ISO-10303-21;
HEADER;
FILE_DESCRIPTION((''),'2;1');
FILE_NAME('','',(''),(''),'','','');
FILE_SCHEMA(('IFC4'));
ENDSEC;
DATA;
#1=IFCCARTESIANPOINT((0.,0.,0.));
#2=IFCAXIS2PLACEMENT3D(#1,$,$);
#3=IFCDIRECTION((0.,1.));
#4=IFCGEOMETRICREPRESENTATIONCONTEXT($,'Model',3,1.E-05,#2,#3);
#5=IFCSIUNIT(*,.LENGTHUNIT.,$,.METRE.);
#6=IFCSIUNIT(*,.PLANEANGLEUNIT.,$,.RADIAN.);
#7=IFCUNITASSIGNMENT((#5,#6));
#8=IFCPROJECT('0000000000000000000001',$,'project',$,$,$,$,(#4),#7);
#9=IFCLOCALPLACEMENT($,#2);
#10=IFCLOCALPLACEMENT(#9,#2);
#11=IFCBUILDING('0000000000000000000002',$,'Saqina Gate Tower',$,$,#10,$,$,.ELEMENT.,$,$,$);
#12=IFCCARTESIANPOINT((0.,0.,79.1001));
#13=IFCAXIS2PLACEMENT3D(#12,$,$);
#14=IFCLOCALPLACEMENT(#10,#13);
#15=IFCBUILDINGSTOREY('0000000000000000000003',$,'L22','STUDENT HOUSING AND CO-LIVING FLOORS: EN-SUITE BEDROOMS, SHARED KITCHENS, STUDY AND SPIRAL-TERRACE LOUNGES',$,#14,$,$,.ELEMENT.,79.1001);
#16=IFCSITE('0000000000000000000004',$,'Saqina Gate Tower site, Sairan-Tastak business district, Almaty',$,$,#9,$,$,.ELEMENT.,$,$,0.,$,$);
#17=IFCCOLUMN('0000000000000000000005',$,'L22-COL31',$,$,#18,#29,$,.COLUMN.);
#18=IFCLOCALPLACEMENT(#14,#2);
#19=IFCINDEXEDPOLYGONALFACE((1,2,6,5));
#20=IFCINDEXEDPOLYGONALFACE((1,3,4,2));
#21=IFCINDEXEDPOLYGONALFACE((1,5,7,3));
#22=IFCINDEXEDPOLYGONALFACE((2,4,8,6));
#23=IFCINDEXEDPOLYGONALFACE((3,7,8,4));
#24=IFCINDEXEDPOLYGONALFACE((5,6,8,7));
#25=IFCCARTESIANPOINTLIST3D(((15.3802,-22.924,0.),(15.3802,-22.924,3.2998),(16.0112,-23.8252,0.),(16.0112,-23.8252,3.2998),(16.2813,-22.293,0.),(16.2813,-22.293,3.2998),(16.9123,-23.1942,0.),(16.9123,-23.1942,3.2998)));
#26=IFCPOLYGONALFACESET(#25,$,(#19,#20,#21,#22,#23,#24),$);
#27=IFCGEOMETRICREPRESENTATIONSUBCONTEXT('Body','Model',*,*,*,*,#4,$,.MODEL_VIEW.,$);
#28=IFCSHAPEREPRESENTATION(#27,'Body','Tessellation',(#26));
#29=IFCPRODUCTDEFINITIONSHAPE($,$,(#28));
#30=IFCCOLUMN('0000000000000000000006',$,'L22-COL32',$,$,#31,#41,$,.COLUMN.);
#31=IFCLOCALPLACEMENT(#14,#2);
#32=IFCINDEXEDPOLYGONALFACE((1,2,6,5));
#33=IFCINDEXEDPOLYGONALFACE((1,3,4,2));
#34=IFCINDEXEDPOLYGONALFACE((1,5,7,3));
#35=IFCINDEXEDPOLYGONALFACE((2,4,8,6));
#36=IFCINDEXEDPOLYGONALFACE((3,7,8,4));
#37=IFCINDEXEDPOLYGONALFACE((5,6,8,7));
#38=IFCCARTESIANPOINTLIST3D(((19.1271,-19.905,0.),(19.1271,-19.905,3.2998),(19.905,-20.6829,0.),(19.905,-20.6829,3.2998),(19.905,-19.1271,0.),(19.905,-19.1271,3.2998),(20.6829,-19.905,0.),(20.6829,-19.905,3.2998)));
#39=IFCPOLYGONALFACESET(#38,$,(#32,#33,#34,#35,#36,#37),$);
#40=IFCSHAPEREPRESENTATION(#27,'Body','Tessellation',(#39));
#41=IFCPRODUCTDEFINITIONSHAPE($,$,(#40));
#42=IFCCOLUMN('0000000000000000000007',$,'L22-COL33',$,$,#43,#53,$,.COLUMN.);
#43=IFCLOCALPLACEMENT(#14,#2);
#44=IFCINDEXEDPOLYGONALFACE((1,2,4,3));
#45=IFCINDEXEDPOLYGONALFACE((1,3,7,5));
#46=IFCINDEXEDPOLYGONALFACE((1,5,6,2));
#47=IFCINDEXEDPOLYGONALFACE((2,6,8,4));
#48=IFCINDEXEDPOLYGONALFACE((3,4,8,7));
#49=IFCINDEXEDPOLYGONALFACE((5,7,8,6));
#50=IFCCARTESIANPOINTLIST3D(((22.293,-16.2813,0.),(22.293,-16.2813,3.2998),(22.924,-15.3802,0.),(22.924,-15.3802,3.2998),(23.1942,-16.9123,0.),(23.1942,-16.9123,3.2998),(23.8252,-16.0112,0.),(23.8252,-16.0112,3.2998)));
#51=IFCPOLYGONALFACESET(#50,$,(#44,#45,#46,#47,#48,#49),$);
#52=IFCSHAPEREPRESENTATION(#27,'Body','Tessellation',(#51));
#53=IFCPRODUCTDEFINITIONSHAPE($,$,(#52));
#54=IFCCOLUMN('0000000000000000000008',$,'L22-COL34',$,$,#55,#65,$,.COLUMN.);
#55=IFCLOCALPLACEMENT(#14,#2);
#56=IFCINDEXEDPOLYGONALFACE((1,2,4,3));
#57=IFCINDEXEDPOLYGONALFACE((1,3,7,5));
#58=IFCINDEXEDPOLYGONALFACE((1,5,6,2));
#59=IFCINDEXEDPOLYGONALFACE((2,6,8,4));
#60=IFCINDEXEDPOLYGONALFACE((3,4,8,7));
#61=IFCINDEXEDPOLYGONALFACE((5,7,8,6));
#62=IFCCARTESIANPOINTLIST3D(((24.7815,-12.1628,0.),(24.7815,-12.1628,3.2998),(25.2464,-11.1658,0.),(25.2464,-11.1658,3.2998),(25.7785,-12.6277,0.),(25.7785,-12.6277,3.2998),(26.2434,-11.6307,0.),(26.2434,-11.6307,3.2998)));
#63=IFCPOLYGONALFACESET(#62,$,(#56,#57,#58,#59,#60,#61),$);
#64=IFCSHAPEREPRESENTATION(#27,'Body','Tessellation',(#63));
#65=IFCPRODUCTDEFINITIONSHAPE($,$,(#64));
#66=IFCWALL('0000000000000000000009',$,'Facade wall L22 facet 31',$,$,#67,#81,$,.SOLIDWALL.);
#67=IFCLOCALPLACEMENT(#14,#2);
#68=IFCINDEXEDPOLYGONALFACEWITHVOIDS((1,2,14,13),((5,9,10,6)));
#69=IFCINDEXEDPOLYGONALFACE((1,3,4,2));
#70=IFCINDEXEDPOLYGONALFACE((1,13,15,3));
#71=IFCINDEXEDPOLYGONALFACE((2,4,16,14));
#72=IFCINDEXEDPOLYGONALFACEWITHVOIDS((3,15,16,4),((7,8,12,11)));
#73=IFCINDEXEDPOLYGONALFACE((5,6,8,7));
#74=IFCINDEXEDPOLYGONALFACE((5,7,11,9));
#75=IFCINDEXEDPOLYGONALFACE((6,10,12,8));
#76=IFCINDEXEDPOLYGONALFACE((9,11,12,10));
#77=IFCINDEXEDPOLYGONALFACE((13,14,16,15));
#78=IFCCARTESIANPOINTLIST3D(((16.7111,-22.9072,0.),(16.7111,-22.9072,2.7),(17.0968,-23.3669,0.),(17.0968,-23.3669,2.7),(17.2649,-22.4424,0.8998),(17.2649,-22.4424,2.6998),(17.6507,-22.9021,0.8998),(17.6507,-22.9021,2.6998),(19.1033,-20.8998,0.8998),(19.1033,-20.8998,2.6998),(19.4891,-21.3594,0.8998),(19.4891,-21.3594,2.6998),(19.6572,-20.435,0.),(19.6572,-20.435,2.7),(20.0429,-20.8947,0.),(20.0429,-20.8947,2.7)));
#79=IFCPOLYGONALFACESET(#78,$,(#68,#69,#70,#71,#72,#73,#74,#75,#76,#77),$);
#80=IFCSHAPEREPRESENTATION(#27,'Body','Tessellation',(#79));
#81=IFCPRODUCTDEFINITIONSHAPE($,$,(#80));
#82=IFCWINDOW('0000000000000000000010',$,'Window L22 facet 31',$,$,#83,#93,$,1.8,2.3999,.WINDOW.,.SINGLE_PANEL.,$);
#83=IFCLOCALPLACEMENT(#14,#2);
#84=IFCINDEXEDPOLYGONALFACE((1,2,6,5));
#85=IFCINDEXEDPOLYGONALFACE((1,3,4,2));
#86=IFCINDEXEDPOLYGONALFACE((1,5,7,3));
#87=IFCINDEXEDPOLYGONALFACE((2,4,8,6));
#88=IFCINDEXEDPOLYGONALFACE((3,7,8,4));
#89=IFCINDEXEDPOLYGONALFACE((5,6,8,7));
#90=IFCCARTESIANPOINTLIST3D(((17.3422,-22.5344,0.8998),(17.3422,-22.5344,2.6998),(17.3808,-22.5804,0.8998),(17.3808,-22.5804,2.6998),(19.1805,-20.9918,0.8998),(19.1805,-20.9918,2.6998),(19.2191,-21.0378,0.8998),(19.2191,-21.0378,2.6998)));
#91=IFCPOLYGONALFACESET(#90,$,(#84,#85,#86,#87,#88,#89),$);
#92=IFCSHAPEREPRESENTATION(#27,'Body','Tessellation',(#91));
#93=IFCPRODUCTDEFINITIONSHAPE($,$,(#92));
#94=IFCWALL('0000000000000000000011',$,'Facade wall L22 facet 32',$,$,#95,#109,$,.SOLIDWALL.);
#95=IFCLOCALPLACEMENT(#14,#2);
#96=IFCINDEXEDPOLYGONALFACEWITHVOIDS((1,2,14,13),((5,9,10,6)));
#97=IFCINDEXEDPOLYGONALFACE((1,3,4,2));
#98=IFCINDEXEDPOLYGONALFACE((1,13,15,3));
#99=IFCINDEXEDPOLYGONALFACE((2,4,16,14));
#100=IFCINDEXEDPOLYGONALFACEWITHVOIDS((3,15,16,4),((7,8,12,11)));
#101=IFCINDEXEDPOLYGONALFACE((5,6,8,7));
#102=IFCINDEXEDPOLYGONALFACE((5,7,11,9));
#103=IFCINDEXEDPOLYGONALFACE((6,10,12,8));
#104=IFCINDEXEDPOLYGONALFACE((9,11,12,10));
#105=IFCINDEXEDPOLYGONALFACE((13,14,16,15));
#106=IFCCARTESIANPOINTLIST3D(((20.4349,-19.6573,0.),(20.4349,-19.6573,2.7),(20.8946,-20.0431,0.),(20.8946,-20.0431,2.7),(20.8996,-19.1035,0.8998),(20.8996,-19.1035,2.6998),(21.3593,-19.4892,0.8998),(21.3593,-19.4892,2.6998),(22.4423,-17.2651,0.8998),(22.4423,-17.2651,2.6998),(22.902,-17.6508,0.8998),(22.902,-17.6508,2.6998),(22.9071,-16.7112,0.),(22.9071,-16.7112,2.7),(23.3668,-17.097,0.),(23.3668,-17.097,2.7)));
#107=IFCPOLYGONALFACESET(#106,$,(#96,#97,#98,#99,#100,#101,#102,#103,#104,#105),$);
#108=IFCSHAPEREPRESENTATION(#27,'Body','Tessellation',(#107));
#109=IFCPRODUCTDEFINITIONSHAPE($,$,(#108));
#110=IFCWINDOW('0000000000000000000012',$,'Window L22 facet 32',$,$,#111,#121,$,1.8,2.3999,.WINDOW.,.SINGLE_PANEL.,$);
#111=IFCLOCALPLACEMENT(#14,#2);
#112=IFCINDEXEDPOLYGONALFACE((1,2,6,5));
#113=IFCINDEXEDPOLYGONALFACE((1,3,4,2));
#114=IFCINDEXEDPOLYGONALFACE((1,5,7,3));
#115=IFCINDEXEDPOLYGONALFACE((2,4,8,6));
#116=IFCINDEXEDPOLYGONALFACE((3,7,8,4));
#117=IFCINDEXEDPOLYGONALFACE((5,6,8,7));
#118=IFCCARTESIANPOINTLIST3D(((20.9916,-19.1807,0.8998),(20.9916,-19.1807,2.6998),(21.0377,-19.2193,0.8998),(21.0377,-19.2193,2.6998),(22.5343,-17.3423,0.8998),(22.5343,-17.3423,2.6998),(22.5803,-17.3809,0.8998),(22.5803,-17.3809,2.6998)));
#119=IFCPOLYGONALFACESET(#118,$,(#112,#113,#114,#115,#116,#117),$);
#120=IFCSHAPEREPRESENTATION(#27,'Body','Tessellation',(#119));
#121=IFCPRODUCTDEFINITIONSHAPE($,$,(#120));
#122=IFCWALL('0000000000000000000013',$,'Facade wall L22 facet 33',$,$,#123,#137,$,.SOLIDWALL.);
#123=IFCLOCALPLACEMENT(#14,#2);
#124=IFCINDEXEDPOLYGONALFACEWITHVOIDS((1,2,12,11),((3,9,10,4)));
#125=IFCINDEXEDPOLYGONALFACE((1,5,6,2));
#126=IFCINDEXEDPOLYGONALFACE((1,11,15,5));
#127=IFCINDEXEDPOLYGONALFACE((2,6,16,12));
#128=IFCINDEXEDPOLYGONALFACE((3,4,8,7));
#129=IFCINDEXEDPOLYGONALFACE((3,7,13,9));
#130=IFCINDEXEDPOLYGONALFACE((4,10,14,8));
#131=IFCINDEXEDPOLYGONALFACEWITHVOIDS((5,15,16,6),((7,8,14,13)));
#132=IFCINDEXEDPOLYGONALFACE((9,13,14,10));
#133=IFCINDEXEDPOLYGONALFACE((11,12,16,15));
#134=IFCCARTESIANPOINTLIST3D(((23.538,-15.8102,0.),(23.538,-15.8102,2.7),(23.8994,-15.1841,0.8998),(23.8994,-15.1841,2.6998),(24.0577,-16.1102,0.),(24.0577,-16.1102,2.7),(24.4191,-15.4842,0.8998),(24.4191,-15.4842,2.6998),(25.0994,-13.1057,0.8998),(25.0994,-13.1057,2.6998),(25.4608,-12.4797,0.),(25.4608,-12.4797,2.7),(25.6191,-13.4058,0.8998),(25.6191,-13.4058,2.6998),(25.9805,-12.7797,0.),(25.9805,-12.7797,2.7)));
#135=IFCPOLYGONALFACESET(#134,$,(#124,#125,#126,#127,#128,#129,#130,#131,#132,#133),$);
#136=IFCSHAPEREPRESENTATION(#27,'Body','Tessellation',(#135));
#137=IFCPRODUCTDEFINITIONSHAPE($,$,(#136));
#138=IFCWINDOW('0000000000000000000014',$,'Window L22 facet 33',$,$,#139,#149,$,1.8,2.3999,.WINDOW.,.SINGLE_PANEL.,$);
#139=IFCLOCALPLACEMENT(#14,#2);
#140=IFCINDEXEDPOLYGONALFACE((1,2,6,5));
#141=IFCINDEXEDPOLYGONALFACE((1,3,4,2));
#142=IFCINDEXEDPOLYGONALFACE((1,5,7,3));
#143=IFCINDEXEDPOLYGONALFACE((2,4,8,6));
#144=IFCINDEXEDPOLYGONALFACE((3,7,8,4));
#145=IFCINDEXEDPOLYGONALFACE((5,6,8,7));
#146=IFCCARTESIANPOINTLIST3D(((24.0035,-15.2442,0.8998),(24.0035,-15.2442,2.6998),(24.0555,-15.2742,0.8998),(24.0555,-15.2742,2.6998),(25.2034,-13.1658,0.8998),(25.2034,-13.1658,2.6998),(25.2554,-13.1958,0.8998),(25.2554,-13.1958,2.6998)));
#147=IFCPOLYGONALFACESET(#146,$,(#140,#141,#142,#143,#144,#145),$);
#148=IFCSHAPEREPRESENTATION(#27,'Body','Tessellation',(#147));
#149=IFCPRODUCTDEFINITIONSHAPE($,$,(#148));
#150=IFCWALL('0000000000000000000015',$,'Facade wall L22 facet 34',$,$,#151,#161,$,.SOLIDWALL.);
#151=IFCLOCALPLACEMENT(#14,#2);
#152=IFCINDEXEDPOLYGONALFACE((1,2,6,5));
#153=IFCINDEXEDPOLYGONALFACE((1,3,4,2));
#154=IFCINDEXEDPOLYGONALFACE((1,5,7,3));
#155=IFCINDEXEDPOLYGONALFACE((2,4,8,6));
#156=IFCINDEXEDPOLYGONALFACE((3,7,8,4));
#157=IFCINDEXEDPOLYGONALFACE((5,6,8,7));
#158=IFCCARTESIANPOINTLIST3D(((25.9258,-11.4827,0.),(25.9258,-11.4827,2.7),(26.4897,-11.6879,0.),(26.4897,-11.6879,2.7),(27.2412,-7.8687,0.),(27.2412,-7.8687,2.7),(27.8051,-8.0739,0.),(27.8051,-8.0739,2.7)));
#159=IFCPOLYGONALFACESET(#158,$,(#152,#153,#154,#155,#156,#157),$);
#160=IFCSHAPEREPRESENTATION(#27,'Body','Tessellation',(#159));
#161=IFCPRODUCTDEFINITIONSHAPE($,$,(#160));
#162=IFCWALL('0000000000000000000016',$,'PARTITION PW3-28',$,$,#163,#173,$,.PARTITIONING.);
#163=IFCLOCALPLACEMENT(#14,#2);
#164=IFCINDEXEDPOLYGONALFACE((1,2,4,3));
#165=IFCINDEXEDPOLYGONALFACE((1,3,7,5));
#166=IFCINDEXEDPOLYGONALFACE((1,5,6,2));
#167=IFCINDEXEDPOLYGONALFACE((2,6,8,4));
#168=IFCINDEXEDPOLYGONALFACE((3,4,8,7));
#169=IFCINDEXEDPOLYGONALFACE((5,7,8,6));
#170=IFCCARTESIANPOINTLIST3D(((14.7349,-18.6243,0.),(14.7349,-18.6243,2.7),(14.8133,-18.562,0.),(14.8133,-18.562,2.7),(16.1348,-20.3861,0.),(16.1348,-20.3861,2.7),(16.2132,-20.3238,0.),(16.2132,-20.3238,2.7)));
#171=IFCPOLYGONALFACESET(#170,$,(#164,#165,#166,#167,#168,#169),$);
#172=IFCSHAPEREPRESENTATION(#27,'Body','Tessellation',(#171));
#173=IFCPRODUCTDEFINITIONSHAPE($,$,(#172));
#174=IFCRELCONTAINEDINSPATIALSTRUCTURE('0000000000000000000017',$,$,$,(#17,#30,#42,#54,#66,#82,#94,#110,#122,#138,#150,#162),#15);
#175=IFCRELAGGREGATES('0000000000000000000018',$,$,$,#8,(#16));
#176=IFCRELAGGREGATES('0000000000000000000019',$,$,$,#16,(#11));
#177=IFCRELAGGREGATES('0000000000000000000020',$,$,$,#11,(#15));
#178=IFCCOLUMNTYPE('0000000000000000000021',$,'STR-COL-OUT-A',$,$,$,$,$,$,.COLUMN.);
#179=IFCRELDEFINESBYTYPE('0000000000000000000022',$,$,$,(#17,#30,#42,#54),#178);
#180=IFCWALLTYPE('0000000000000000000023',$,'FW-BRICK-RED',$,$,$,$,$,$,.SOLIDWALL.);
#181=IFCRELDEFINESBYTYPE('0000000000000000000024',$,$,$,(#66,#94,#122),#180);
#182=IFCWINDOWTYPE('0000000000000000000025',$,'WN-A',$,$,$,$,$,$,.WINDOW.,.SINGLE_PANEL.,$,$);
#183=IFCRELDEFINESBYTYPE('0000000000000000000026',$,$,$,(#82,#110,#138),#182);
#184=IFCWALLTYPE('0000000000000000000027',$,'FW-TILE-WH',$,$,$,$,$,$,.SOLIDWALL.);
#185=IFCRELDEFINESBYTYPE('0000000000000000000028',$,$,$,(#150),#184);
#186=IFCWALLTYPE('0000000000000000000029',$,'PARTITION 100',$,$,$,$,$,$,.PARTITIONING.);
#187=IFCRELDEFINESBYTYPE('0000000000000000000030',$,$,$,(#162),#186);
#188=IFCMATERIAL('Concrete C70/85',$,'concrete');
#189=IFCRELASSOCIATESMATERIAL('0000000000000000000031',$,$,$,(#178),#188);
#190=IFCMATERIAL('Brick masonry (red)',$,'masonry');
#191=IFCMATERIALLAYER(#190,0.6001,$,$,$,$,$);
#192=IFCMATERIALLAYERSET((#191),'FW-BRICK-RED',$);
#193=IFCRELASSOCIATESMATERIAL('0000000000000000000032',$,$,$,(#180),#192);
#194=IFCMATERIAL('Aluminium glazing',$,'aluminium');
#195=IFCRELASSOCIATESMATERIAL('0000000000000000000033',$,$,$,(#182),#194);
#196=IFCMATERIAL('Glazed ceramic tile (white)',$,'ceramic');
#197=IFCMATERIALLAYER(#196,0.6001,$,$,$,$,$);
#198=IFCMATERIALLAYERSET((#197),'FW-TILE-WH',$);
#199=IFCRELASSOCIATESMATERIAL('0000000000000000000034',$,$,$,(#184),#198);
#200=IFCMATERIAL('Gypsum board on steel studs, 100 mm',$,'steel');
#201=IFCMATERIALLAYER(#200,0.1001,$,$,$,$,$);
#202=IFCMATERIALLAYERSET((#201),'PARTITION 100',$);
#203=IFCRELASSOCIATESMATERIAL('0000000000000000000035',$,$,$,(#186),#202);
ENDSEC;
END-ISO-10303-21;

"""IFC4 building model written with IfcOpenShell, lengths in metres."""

from ifc_helpers import new_model, si_unit, direction, frame, frame_2d, origin, origin_2d, place, context, subcontext, project, spatial, rectangle, extrude, material, layer, layer_set, material_profile, profile_set, type_object, element, fill, save


model = new_model("IFC4")

# Units and contexts
model_context = context("Model", 3, precision=1e-05, world=origin(), true_north=direction((0.0, 1.0)))
body_context = subcontext(model_context, "Body", "Model", "MODEL_VIEW")
ifc_project = project(units=[si_unit("LENGTHUNIT", "METRE"), si_unit("PLANEANGLEUNIT", "RADIAN")], contexts=[model_context])

# Site, building, storey
site_placement = place(None, origin())
site = spatial("IfcSite", under=ifc_project, at=site_placement, Name="Saqina Gate Tower site, Sairan-Tastak business district, Almaty", CompositionType="ELEMENT", RefElevation=0.0)
building_placement = place(site_placement, origin())
building = spatial("IfcBuilding", under=site, at=building_placement, Name="Saqina Gate Tower", CompositionType="ELEMENT")
storey_placement = place(building_placement, frame((0.0, 0.0, 79.1001)))
storey = spatial("IfcBuildingStorey", under=building, at=storey_placement, Name="L22", Description="STUDENT HOUSING AND CO-LIVING FLOORS: EN-SUITE BEDROOMS, SHARED KITCHENS, STUDY AND SPIRAL-TERRACE LOUNGES", CompositionType="ELEMENT", Elevation=79.1001)

# Columns
ifc_material_1 = material(Name="Concrete C70/85", Category="concrete")
ifc_material_profile = material_profile(ifc_material_1, rectangle(XDim=1.1001, YDim=1.1001, at=origin_2d()), Name="RC 1100x1100")
ifc_profile_set = profile_set([ifc_material_profile], Name="Concrete C70/85")
column_type = type_object("IfcColumnType", Name="STR-COL-OUT-A", PredefinedType="COLUMN", material=ifc_profile_set)
for number, where, z_axis, x_axis, name in (
    (1, (16.1462, -23.0591, 0.0), (0.0, 0.0, 1.0), (0.573576, -0.819152, 0.0), "L22-COL31"),
    (2, (19.905, -19.905, 0.0), (0.0, 0.0, 1.0), (0.707107, -0.707107, 0.0), "L22-COL32"),
    (3, (23.0591, -16.1462, 0.0), (0.0, 0.0, 1.0), (0.819152, -0.573576, 0.0), "L22-COL33"),
    (4, (25.5125, -11.8967, 0.0), (0.0, 0.0, 1.0), (0.906308, -0.422618, 0.0), "L22-COL34"),
):
    element("IfcColumn", number, at=place(storey_placement, frame(where, z_axis=z_axis, x_axis=x_axis)), inside=storey, type_object=column_type, Name=name, PredefinedType="COLUMN", context=body_context, shape_type="SweptSolid", body=[
        extrude(rectangle(XDim=1.1001, YDim=1.1001, at=origin_2d()), origin(), (0.0, 0.0, 1.0), 3.2998),
    ])

# Walls, openings, windows
ifc_material_2 = material(Name="Brick masonry (red)", Category="masonry")
ifc_layer_1 = layer(ifc_material_2, 0.6001)
ifc_layer_set_1 = layer_set([ifc_layer_1], Name="FW-BRICK-RED")
wall_type_1 = type_object("IfcWallType", Name="FW-BRICK-RED", PredefinedType="SOLIDWALL", material=ifc_layer_set_1)
wall_1_placement = place(storey_placement, frame((16.9041, -23.137, 0.0), z_axis=(0.0, 0.0, 1.0), x_axis=(0.766026, 0.642809, 0.0)))
wall_1 = element("IfcWall", 5, at=wall_1_placement, inside=storey, type_object=wall_type_1, Name="Facade wall L22 facet 31", PredefinedType="SOLIDWALL", context=body_context, shape_type="SweptSolid", body=[
    extrude(rectangle(XDim=3.8459, YDim=0.6001, at=frame_2d((1.9229, 0.0))), origin(), (0.0, 0.0, 1.0), 2.7),
])
opening_1_placement = place(wall_1_placement, frame((0.7229, 0.0, 0.8999)))
opening_1 = element("IfcOpeningElement", 6, at=opening_1_placement, cuts=wall_1, PredefinedType="OPENING", context=body_context, shape_type="SweptSolid", body=[
    extrude(rectangle(XDim=2.3999, YDim=1.8, at=frame_2d((1.2, 0.8999))), frame((0.0, 0.312, 0.0), z_axis=(0.0, -1.0, 0.0), x_axis=(1.0, 0.0, 0.0)), (0.0, 0.0, 1.0), 0.624),
])
ifc_material_3 = material(Name="Aluminium glazing", Category="aluminium")
window_type = type_object("IfcWindowType", Name="WN-A", PartitioningType="SINGLE_PANEL", PredefinedType="WINDOW", material=ifc_material_3)
window_1_placement = place(opening_1_placement, origin())
window_1 = element("IfcWindow", 7, at=window_1_placement, inside=storey, type_object=window_type, Name="Window L22 facet 31", OverallHeight=1.8, OverallWidth=2.3999, PartitioningType="SINGLE_PANEL", PredefinedType="WINDOW", context=body_context, shape_type="SweptSolid", body=[
    extrude(rectangle(XDim=2.3999, YDim=1.8, at=frame_2d((1.2, 0.8999))), frame((0.0, 0.1799, 0.0), z_axis=(0.0, -1.0, 0.0), x_axis=(1.0, 0.0, 0.0)), (0.0, 0.0, 1.0), 0.0601),
])
fill(opening_1, window_1)
wall_2_placement = place(storey_placement, frame((20.6648, -19.8501, 0.0), z_axis=(0.0, 0.0, 1.0), x_axis=(0.642809, 0.766026, 0.0)))
wall_2 = element("IfcWall", 8, at=wall_2_placement, inside=storey, type_object=wall_type_1, Name="Facade wall L22 facet 32", PredefinedType="SOLIDWALL", context=body_context, shape_type="SweptSolid", body=[
    extrude(rectangle(XDim=3.8459, YDim=0.6001, at=frame_2d((1.9229, 0.0))), origin(), (0.0, 0.0, 1.0), 2.7),
])
opening_2_placement = place(wall_2_placement, frame((0.7229, 0.0, 0.8999)))
opening_2 = element("IfcOpeningElement", 9, at=opening_2_placement, cuts=wall_2, PredefinedType="OPENING", context=body_context, shape_type="SweptSolid", body=[
    extrude(rectangle(XDim=2.3999, YDim=1.8, at=frame_2d((1.2, 0.8999))), frame((0.0, 0.312, 0.0), z_axis=(0.0, -1.0, 0.0), x_axis=(1.0, 0.0, 0.0)), (0.0, 0.0, 1.0), 0.624),
])
window_2_placement = place(opening_2_placement, origin())
window_2 = element("IfcWindow", 10, at=window_2_placement, inside=storey, type_object=window_type, Name="Window L22 facet 32", OverallHeight=1.8, OverallWidth=2.3999, PartitioningType="SINGLE_PANEL", PredefinedType="WINDOW", context=body_context, shape_type="SweptSolid", body=[
    extrude(rectangle(XDim=2.3999, YDim=1.8, at=frame_2d((1.2, 0.8999))), frame((0.0, 0.1799, 0.0), z_axis=(0.0, -1.0, 0.0), x_axis=(1.0, 0.0, 0.0)), (0.0, 0.0, 1.0), 0.0601),
])
fill(opening_2, window_2)
wall_3_placement = place(storey_placement, frame((23.7979, -15.9602, 0.0), z_axis=(0.0, 0.0, 1.0), x_axis=(0.49999, 0.866031, 0.0)))
wall_3 = element("IfcWall", 11, at=wall_3_placement, inside=storey, type_object=wall_type_1, Name="Facade wall L22 facet 33", PredefinedType="SOLIDWALL", context=body_context, shape_type="SweptSolid", body=[
    extrude(rectangle(XDim=3.8457, YDim=0.6001, at=frame_2d((1.9229, 0.0))), origin(), (0.0, 0.0, 1.0), 2.7),
])
opening_3_placement = place(wall_3_placement, frame((0.7229, 0.0, 0.8999)))
opening_3 = element("IfcOpeningElement", 12, at=opening_3_placement, cuts=wall_3, PredefinedType="OPENING", context=body_context, shape_type="SweptSolid", body=[
    extrude(rectangle(XDim=2.3999, YDim=1.8, at=frame_2d((1.2, 0.8999))), frame((0.0, 0.312, 0.0), z_axis=(0.0, -1.0, 0.0), x_axis=(1.0, 0.0, 0.0)), (0.0, 0.0, 1.0), 0.624),
])
window_3_placement = place(opening_3_placement, origin())
window_3 = element("IfcWindow", 13, at=window_3_placement, inside=storey, type_object=window_type, Name="Window L22 facet 33", OverallHeight=1.8, OverallWidth=2.3999, PartitioningType="SINGLE_PANEL", PredefinedType="WINDOW", context=body_context, shape_type="SweptSolid", body=[
    extrude(rectangle(XDim=2.3999, YDim=1.8, at=frame_2d((1.2, 0.8999))), frame((0.0, 0.1799, 0.0), z_axis=(0.0, -1.0, 0.0), x_axis=(1.0, 0.0, 0.0)), (0.0, 0.0, 1.0), 0.0601),
])
fill(opening_3, window_3)

# Walls
ifc_material_4 = material(Name="Glazed ceramic tile (white)", Category="ceramic")
ifc_layer_2 = layer(ifc_material_4, 0.6001)
ifc_layer_set_2 = layer_set([ifc_layer_2], Name="FW-TILE-WH")
wall_type_2 = type_object("IfcWallType", Name="FW-TILE-WH", PredefinedType="SOLIDWALL", material=ifc_layer_set_2)
wall_4_placement = place(storey_placement, frame((26.2078, -11.5852, 0.0), z_axis=(0.0, 0.0, 1.0), x_axis=(0.342028, 0.93969, 0.0)))
element("IfcWall", 14, at=wall_4_placement, inside=storey, type_object=wall_type_2, Name="Facade wall L22 facet 34", PredefinedType="SOLIDWALL", context=body_context, shape_type="SweptSolid", body=[
    extrude(rectangle(XDim=3.8459, YDim=0.6001, at=frame_2d((1.9229, 0.0))), origin(), (0.0, 0.0, 1.0), 2.7),
])
ifc_material_5 = material(Name="Gypsum board on steel studs, 100 mm", Category="steel")
ifc_layer_3 = layer(ifc_material_5, 0.1001)
ifc_layer_set_3 = layer_set([ifc_layer_3], Name="PARTITION 100")
wall_type_3 = type_object("IfcWallType", Name="PARTITION 100", PredefinedType="PARTITIONING", material=ifc_layer_set_3)
wall_5_placement = place(storey_placement, frame((14.7742, -18.5933, 0.0), z_axis=(0.0, 0.0, 1.0), x_axis=(0.622125, -0.782918, 0.0)))
element("IfcWall", 15, at=wall_5_placement, inside=storey, type_object=wall_type_3, Name="PARTITION PW3-28", PredefinedType="PARTITIONING", context=body_context, shape_type="SweptSolid", body=[
    extrude(rectangle(XDim=2.2502, YDim=0.1001, at=frame_2d((1.125, 0.0))), origin(), (0.0, 0.0, 1.0), 2.7),
])

save(model, "model.ifc")
